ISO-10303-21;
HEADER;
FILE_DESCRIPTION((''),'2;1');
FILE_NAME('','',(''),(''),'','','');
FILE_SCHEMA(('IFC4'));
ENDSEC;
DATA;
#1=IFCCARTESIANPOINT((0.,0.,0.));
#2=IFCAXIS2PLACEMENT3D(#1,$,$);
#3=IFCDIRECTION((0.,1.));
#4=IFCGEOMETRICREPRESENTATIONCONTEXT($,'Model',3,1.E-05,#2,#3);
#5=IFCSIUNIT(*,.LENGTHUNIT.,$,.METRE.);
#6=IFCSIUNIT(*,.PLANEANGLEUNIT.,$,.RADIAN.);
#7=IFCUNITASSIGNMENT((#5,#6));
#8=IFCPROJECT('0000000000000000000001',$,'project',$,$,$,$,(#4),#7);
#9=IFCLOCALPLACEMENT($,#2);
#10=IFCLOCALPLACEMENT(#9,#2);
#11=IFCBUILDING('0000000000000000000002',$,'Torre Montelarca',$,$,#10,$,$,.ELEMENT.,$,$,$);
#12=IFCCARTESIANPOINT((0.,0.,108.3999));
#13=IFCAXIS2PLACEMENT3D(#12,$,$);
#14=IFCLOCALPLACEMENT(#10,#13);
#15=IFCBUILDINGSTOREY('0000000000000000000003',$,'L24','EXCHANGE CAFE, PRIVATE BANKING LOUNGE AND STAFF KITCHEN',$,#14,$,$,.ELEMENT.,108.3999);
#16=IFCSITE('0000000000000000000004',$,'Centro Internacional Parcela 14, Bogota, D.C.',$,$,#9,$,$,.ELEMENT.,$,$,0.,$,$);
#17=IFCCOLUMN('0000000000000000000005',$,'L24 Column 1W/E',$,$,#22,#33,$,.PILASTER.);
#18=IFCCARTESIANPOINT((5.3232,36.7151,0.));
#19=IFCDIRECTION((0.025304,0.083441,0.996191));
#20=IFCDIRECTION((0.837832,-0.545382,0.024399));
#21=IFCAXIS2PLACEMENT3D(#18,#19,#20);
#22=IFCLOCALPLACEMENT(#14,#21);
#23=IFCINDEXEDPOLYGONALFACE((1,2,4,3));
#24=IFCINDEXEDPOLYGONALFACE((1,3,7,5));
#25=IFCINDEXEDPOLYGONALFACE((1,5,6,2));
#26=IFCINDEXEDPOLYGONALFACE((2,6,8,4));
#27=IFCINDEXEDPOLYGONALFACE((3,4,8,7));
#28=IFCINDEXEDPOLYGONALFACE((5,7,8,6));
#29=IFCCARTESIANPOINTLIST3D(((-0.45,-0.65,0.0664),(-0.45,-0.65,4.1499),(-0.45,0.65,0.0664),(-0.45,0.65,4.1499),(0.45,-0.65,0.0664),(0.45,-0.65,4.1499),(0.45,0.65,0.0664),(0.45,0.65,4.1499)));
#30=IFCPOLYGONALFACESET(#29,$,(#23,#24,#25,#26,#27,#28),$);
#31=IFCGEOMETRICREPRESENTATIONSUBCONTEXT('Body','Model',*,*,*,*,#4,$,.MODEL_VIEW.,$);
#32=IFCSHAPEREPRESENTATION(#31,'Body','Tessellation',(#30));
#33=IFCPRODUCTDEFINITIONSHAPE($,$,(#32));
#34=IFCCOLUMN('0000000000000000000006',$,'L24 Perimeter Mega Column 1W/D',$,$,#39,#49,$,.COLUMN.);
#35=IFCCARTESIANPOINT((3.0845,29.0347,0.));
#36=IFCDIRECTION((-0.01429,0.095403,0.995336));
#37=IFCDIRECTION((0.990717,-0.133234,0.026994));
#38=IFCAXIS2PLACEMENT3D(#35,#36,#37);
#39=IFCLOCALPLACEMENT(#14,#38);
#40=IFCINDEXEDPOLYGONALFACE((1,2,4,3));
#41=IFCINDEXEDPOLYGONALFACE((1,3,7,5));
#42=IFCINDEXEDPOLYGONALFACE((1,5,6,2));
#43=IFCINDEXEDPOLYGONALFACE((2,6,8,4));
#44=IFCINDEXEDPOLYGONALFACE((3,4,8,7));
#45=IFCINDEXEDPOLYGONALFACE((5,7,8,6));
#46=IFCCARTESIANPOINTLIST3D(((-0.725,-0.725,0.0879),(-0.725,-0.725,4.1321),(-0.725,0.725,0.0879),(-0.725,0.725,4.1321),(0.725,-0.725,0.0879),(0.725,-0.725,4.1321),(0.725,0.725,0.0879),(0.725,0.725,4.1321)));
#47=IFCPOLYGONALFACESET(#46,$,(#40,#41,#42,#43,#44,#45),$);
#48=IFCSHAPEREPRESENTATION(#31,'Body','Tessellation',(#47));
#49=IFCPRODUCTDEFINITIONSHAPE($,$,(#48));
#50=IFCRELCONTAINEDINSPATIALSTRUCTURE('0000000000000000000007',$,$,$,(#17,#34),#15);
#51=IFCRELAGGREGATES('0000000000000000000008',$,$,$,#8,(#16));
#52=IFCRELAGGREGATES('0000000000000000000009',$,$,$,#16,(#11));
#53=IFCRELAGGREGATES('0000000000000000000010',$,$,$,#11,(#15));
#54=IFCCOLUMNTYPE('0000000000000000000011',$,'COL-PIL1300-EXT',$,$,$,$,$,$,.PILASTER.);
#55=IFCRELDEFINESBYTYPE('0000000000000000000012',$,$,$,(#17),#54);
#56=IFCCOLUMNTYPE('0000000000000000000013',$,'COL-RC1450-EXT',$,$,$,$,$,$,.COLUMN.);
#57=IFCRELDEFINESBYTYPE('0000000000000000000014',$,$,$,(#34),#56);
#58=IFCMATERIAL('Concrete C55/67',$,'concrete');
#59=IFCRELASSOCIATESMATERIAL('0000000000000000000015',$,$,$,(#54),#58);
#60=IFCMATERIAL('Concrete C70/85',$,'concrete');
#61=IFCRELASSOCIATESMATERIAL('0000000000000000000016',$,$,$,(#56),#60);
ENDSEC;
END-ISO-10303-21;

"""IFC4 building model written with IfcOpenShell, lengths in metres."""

from ifc_helpers import new_model, si_unit, direction, frame, origin, origin_2d, place, context, subcontext, project, spatial, rectangle, extrude, clip, halfspace, material, material_profile, profile_set, type_object, element, save


model = new_model("IFC4")

# Units and contexts
model_context = context("Model", 3, precision=1e-05, world=origin(), true_north=direction((0.0, 1.0)))
body_context = subcontext(model_context, "Body", "Model", "MODEL_VIEW")
ifc_project = project(units=[si_unit("LENGTHUNIT", "METRE"), si_unit("PLANEANGLEUNIT", "RADIAN")], contexts=[model_context])

# Site, building, storey
site_placement = place(None, origin())
site = spatial("IfcSite", under=ifc_project, at=site_placement, Name="Centro Internacional Parcela 14, Bogota, D.C.", CompositionType="ELEMENT", RefElevation=0.0)
building_placement = place(site_placement, origin())
building = spatial("IfcBuilding", under=site, at=building_placement, Name="Torre Montelarca", CompositionType="ELEMENT")
storey_placement = place(building_placement, frame((0.0, 0.0, 108.3999)))
storey = spatial("IfcBuildingStorey", under=building, at=storey_placement, Name="L24", Description="EXCHANGE CAFE, PRIVATE BANKING LOUNGE AND STAFF KITCHEN", CompositionType="ELEMENT", Elevation=108.3999)

# Columns
ifc_material_1 = material(Name="Concrete C55/67", Category="concrete")
ifc_material_profile_1 = material_profile(ifc_material_1, rectangle(XDim=0.8999, YDim=1.3, at=origin_2d()), Name="RC1300X900", Category="concrete")
ifc_profile_set_1 = profile_set([ifc_material_profile_1], Name="Concrete C55/67")
column_type_1 = type_object("IfcColumnType", Name="COL-PIL1300-EXT", PredefinedType="PILASTER", material=ifc_profile_set_1)
column_1_placement = place(storey_placement, frame((5.3232, 36.7151, 0.0), z_axis=(0.025304, 0.083441, 0.996191), x_axis=(0.837832, -0.545382, 0.024399)))
element("IfcColumn", 1, at=column_1_placement, inside=storey, type_object=column_type_1, Name="L24 Column 1W/E", PredefinedType="PILASTER", context=body_context, shape_type="Clipping", body=[
    clip(clip(extrude(rectangle(XDim=0.8999, YDim=1.3, at=origin_2d()), origin(), (0.0, 0.0, 1.0), 4.2163), halfspace(frame((0.0, 0.0, 0.0664), z_axis=(0.0, 0.0, -1.0), x_axis=(1.0, 0.0, 0.0)), False)), halfspace(frame((0.0, 0.0, 4.1499), z_axis=(0.0, 0.0, 1.0), x_axis=(1.0, 0.0, 0.0)), False)),
])
ifc_material_2 = material(Name="Concrete C70/85", Category="concrete")
ifc_material_profile_2 = material_profile(ifc_material_2, rectangle(XDim=1.45, YDim=1.45, at=origin_2d()), Name="RC1450X1450", Category="concrete")
ifc_profile_set_2 = profile_set([ifc_material_profile_2], Name="Concrete C70/85")
column_type_2 = type_object("IfcColumnType", Name="COL-RC1450-EXT", PredefinedType="COLUMN", material=ifc_profile_set_2)
column_2_placement = place(storey_placement, frame((3.0845, 29.0347, 0.0), z_axis=(-0.01429, 0.095403, 0.995336), x_axis=(0.990717, -0.133234, 0.026994)))
element("IfcColumn", 2, at=column_2_placement, inside=storey, type_object=column_type_2, Name="L24 Perimeter Mega Column 1W/D", PredefinedType="COLUMN", context=body_context, shape_type="Clipping", body=[
    clip(clip(extrude(rectangle(XDim=1.45, YDim=1.45, at=origin_2d()), origin(), (0.0, 0.0, 1.0), 4.22), halfspace(frame((0.0, 0.0, 0.0879), z_axis=(0.0, 0.0, -1.0), x_axis=(1.0, 0.0, 0.0)), False)), halfspace(frame((0.0, 0.0, 4.1321), z_axis=(0.0, 0.0, 1.0), x_axis=(1.0, 0.0, 0.0)), False)),
])

save(model, "model.ifc")
